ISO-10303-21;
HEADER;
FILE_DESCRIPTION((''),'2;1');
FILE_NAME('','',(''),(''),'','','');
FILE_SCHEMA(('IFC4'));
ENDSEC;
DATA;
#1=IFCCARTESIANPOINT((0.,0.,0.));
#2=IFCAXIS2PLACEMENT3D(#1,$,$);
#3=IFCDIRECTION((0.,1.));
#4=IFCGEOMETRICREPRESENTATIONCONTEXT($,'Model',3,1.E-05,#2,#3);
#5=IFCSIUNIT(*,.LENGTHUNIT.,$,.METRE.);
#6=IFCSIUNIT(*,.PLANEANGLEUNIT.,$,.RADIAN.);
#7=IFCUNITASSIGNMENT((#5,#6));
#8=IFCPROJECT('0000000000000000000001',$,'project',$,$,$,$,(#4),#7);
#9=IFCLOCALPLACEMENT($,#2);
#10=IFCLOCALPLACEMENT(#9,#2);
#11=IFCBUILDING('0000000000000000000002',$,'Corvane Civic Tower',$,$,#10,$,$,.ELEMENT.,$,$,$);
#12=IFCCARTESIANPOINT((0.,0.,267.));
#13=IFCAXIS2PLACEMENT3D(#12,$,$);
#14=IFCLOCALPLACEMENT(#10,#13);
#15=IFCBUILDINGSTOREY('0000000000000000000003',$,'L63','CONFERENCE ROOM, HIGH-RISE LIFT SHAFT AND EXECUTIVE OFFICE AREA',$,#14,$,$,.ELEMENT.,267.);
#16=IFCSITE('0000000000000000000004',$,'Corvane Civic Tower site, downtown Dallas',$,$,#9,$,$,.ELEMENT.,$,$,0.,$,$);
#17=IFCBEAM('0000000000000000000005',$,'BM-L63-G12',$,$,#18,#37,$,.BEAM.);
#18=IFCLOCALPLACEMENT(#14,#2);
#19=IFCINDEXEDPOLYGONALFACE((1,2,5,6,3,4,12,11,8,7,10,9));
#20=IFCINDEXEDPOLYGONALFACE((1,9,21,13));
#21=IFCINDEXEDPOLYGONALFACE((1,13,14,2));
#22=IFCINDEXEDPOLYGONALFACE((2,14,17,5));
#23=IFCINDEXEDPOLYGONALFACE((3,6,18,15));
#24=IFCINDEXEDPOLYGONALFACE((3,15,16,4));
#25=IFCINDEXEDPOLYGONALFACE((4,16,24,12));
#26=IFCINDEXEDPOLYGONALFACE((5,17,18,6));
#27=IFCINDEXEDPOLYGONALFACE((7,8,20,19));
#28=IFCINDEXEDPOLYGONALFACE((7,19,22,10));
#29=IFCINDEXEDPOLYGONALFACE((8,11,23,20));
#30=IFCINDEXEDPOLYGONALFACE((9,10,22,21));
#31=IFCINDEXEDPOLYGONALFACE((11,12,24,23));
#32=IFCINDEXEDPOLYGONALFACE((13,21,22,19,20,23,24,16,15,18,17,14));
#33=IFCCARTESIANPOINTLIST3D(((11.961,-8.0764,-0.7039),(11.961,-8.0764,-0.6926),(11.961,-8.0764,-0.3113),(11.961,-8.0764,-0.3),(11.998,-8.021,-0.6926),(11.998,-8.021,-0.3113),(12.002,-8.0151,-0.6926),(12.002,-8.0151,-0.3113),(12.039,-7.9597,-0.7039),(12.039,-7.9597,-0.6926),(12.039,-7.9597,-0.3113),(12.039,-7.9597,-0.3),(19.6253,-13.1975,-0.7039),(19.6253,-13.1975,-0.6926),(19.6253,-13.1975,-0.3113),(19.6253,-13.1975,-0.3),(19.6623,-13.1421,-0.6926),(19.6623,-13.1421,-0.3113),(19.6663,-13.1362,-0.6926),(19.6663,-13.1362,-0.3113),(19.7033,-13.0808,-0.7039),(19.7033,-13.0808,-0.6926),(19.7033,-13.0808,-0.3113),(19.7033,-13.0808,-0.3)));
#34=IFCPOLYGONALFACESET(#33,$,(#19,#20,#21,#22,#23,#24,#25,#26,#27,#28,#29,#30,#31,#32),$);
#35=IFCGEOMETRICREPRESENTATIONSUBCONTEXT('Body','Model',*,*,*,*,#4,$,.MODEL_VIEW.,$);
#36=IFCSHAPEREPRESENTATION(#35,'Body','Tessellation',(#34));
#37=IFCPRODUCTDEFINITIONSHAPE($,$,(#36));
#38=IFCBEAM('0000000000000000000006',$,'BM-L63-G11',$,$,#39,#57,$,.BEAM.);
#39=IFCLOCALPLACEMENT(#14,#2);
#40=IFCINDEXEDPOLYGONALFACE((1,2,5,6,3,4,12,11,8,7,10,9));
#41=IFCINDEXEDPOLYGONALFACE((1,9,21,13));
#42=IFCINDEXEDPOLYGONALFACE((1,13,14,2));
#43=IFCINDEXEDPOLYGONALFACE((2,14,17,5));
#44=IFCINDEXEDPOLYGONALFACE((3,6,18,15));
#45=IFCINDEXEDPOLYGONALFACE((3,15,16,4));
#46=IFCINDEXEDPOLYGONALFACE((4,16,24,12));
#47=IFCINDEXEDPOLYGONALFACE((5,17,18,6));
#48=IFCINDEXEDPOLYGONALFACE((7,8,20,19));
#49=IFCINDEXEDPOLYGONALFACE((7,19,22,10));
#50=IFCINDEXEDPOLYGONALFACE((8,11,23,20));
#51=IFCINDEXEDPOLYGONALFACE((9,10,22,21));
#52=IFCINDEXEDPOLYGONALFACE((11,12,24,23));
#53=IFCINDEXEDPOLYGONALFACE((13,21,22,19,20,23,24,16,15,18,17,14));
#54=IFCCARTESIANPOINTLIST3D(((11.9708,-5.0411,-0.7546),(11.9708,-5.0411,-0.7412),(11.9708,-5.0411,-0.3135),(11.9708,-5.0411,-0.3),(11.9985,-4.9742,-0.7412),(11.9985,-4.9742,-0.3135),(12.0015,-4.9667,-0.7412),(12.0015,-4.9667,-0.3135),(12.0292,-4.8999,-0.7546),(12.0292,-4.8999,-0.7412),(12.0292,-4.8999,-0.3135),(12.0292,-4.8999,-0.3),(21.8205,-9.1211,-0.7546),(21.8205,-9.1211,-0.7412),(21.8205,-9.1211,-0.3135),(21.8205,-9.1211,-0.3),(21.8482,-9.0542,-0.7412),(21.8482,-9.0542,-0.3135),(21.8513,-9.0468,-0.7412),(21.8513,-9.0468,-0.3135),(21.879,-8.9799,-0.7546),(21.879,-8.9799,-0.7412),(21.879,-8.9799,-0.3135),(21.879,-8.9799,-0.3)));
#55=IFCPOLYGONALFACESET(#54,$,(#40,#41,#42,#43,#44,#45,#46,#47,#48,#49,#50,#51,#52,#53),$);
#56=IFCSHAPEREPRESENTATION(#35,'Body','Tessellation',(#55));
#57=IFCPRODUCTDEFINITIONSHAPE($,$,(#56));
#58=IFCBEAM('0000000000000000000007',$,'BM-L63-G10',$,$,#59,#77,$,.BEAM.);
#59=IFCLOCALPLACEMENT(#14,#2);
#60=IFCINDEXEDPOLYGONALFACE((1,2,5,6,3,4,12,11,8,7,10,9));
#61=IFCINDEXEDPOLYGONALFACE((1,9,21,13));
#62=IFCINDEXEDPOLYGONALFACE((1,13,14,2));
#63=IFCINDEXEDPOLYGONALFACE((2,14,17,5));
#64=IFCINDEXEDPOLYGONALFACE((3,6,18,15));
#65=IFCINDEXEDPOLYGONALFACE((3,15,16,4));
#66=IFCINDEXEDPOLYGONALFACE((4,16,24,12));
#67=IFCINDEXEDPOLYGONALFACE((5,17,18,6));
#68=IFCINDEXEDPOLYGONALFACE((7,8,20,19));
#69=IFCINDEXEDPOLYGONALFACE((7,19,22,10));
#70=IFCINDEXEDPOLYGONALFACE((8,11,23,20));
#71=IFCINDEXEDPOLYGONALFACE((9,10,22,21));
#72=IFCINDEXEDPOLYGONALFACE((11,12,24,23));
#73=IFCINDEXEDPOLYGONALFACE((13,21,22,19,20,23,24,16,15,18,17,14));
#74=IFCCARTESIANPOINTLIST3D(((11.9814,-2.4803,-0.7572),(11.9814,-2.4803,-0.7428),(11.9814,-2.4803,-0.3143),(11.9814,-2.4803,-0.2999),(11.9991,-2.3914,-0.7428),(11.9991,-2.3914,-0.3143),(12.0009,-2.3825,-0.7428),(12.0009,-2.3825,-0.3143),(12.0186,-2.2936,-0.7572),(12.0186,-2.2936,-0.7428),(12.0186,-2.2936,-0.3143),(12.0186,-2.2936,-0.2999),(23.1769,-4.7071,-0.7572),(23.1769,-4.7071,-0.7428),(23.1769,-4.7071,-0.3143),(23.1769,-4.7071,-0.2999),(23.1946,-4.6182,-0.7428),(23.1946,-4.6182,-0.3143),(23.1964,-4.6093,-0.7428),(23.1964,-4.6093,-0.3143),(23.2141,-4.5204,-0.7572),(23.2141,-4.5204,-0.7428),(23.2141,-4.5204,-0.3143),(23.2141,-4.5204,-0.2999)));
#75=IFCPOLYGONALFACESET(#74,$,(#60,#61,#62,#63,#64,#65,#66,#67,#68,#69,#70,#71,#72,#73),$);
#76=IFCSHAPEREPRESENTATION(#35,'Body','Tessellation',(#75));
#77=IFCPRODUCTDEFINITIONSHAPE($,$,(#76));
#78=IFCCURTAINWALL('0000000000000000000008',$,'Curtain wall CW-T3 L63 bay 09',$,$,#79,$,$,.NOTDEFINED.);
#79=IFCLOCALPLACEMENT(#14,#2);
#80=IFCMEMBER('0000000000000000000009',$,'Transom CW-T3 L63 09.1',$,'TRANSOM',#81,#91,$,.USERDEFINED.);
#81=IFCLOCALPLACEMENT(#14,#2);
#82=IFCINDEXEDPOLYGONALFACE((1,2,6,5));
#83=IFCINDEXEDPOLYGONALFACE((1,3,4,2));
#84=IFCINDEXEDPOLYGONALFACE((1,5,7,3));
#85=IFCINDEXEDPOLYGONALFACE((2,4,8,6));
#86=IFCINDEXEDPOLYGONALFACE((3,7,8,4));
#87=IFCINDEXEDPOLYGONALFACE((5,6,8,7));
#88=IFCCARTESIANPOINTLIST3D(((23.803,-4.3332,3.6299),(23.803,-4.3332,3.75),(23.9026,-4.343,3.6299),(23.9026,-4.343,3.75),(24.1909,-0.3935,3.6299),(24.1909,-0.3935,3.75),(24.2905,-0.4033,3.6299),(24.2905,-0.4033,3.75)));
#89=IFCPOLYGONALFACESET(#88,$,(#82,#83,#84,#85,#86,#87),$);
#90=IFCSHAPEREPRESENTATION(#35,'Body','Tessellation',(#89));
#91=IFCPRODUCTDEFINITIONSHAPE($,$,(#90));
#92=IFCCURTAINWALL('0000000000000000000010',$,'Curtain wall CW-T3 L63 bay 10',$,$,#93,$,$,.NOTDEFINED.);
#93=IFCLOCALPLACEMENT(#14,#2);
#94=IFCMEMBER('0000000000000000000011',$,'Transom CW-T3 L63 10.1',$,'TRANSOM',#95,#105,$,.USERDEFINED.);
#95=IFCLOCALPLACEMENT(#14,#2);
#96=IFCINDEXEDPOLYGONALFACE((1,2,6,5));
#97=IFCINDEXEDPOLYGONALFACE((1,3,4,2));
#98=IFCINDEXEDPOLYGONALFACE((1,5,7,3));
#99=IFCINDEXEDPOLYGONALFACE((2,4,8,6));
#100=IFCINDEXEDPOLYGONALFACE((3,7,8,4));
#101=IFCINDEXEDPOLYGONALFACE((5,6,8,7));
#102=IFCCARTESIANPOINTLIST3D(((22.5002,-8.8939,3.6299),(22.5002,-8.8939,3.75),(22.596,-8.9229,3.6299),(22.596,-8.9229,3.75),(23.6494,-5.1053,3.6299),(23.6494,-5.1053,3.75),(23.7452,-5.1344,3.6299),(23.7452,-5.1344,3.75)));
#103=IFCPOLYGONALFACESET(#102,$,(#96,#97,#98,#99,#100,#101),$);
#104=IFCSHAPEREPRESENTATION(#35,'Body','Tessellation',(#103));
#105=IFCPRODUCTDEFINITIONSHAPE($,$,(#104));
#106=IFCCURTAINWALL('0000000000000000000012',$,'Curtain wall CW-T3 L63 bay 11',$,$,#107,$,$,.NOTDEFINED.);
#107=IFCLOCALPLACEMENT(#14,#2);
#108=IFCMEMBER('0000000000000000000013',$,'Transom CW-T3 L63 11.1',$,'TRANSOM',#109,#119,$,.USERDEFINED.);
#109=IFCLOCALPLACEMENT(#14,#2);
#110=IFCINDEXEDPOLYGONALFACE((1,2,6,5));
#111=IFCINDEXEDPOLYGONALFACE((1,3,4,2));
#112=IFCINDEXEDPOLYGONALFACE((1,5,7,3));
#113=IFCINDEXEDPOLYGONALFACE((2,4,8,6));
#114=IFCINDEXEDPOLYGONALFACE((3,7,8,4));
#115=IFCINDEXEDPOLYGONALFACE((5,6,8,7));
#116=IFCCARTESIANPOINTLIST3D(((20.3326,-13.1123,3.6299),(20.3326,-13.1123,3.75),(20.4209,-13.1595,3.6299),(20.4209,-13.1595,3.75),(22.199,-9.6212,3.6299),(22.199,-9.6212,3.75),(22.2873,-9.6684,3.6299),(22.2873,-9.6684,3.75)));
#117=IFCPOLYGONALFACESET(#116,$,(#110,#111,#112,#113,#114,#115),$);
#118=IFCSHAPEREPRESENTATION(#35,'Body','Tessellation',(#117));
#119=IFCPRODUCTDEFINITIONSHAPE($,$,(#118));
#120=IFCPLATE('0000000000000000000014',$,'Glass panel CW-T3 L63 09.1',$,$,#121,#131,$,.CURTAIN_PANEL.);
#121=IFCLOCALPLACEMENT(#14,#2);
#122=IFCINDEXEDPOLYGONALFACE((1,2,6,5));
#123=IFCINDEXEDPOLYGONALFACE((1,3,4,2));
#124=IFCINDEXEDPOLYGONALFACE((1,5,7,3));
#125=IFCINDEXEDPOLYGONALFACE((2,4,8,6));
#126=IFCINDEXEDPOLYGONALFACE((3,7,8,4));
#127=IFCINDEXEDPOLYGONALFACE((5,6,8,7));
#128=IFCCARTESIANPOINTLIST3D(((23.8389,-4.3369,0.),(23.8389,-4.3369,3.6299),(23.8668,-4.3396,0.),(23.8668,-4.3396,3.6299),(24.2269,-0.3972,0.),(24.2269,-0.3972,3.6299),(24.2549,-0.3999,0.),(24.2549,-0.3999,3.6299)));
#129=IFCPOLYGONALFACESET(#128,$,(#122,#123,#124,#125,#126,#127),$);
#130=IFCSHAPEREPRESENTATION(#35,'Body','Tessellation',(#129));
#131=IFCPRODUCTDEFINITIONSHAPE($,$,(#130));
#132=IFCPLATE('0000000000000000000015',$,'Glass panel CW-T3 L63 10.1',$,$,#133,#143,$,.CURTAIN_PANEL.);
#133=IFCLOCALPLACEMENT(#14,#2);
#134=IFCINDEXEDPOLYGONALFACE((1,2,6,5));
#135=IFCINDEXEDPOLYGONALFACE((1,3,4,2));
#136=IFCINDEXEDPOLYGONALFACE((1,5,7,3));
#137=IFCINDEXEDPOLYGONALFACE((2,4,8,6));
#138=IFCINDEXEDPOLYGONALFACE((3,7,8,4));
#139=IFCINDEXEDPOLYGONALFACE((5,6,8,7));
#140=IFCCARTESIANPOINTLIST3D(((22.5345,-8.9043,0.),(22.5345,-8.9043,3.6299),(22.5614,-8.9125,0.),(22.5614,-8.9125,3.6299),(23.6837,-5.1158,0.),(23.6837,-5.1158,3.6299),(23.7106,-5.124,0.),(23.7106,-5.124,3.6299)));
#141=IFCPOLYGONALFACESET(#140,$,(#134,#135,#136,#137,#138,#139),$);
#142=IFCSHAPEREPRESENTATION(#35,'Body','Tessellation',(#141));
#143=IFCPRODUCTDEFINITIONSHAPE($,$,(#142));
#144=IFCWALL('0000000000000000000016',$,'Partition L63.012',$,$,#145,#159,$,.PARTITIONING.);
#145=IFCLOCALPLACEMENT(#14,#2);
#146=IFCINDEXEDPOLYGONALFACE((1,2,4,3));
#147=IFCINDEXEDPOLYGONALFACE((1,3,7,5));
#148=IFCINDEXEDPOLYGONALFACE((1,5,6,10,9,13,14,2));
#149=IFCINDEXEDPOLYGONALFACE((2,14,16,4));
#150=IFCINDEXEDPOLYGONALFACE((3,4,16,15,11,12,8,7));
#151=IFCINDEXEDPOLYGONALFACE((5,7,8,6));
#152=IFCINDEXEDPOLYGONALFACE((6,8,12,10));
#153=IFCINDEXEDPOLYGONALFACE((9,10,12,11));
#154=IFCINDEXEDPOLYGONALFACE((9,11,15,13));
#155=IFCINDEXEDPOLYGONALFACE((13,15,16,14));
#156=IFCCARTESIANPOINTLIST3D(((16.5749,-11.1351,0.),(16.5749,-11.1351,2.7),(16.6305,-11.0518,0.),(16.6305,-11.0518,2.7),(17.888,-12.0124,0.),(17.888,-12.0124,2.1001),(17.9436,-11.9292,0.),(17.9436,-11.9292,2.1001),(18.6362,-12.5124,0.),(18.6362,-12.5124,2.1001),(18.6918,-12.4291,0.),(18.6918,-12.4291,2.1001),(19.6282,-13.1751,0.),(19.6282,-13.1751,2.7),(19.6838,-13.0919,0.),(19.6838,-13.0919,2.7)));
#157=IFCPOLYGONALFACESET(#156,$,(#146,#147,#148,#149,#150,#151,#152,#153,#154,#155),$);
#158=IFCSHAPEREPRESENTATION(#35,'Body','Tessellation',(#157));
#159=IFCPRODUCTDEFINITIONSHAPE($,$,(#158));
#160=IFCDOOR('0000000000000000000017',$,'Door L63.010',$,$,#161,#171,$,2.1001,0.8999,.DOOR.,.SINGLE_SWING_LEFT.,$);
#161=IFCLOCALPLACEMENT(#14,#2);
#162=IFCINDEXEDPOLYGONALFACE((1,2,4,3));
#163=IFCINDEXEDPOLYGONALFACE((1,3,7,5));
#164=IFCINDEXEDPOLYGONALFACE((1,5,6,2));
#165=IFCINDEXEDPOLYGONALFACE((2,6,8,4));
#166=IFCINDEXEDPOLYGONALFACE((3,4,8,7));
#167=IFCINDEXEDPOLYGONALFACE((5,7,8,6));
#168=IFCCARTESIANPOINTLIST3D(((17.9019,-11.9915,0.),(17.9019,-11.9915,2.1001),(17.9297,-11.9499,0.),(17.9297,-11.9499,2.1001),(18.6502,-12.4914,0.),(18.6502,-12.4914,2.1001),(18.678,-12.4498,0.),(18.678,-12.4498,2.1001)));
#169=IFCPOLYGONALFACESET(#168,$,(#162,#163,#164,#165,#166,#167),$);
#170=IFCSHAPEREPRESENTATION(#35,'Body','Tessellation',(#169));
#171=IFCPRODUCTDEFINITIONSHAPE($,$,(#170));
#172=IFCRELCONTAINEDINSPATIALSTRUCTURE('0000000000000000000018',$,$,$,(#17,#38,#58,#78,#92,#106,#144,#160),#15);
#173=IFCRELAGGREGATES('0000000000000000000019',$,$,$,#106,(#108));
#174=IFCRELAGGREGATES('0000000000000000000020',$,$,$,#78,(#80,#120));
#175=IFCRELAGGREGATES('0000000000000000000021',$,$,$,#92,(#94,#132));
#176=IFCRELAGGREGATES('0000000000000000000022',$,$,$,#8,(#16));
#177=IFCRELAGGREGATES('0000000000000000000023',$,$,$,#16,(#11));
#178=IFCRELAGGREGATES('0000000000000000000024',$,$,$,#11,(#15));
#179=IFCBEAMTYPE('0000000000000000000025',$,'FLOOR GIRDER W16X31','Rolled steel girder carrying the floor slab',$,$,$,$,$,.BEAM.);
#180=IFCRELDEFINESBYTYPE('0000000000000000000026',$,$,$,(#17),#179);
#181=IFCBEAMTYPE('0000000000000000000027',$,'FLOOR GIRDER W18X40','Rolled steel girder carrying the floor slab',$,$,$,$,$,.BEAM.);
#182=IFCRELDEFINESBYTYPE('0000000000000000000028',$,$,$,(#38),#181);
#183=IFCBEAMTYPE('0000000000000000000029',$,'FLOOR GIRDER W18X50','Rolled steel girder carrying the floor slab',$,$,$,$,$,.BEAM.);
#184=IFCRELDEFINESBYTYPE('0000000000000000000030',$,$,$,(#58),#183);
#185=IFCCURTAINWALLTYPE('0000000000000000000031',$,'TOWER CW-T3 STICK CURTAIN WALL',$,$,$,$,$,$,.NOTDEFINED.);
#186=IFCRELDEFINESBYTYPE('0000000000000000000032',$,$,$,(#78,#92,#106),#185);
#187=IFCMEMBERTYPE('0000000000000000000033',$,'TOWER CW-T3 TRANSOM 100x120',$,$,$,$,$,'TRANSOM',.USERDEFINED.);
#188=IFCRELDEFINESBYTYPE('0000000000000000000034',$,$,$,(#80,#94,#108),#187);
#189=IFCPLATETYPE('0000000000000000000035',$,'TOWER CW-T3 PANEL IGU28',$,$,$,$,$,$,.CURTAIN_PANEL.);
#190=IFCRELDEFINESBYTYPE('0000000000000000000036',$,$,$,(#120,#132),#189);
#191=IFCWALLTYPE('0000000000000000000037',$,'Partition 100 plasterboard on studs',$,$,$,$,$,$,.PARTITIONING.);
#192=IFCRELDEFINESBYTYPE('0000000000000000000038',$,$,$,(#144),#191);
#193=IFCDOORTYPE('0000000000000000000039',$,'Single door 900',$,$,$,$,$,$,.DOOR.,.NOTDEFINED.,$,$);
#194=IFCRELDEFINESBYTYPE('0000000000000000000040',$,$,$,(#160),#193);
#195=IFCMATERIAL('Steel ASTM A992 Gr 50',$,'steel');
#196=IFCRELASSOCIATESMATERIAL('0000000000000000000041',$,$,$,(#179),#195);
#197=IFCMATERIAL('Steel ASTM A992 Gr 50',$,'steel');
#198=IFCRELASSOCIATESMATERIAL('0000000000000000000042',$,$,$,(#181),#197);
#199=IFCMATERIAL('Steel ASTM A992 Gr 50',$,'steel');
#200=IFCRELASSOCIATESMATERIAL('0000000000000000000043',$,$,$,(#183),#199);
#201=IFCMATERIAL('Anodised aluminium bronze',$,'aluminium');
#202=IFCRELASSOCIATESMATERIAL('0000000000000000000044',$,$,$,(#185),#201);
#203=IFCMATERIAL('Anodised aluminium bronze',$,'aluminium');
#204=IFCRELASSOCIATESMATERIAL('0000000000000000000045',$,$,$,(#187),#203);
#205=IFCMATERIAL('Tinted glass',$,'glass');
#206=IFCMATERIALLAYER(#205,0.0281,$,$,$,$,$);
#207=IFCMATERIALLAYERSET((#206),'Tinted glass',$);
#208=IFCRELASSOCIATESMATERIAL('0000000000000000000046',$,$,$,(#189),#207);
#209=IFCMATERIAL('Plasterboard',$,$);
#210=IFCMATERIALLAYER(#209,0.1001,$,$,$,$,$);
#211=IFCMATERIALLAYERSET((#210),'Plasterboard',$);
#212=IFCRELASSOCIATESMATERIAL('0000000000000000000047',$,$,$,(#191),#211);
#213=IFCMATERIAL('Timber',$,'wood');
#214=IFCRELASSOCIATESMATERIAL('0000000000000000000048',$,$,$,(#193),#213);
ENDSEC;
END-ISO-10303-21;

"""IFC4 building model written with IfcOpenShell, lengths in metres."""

from ifc_helpers import new_model, si_unit, direction, frame, frame_2d, origin, origin_2d, place, context, subcontext, project, spatial, rectangle, i_section, extrude, material, layer, layer_set, material_profile, profile_set, type_object, element, fill, aggregate, save


model = new_model("IFC4")

# Units and contexts
model_context = context("Model", 3, precision=1e-05, world=origin(), true_north=direction((0.0, 1.0)))
body_context = subcontext(model_context, "Body", "Model", "MODEL_VIEW")
ifc_project = project(units=[si_unit("LENGTHUNIT", "METRE"), si_unit("PLANEANGLEUNIT", "RADIAN")], contexts=[model_context])

# Site, building, storey
site_placement = place(None, origin())
site = spatial("IfcSite", under=ifc_project, at=site_placement, Name="Corvane Civic Tower site, downtown Dallas", CompositionType="ELEMENT", RefElevation=0.0)
building_placement = place(site_placement, origin())
building = spatial("IfcBuilding", under=site, at=building_placement, Name="Corvane Civic Tower", CompositionType="ELEMENT")
storey_placement = place(building_placement, frame((0.0, 0.0, 267.0)))
storey = spatial("IfcBuildingStorey", under=building, at=storey_placement, Name="L63", Description="CONFERENCE ROOM, HIGH-RISE LIFT SHAFT AND EXECUTIVE OFFICE AREA", CompositionType="ELEMENT", Elevation=267.0)

# Beams
ifc_material_1 = material(Name="Steel ASTM A992 Gr 50", Category="steel")
ifc_material_profile_1 = material_profile(ifc_material_1, i_section(OverallWidth=0.1404, OverallDepth=0.4038, WebThickness=0.0071, FlangeThickness=0.0112, at=origin_2d()), Name="W16X31")
ifc_profile_set_1 = profile_set([ifc_material_profile_1], Name="Steel ASTM A992 Gr 50")
beam_type_1 = type_object("IfcBeamType", Name="FLOOR GIRDER W16X31", Description="Rolled steel girder carrying the floor slab", PredefinedType="BEAM", material=ifc_profile_set_1)
beam_1_placement = place(storey_placement, frame((12.0, -8.0181, -0.502), z_axis=(0.831471, -0.555568, 0.0), x_axis=(0.555568, 0.831471, 0.0)))
element("IfcBeam", 1, at=beam_1_placement, inside=storey, type_object=beam_type_1, Name="BM-L63-G12", PredefinedType="BEAM", context=body_context, shape_type="SweptSolid", body=[
    extrude(i_section(OverallWidth=0.1404, OverallDepth=0.4038, WebThickness=0.0071, FlangeThickness=0.0112, at=origin_2d()), origin(), (0.0, 0.0, 1.0), 9.2178),
])
ifc_material_2 = material(Name="Steel ASTM A992 Gr 50", Category="steel")
ifc_material_profile_2 = material_profile(ifc_material_2, i_section(OverallWidth=0.1528, OverallDepth=0.4546, WebThickness=0.0081, FlangeThickness=0.0134, at=origin_2d()), Name="W18X40")
ifc_profile_set_2 = profile_set([ifc_material_profile_2], Name="Steel ASTM A992 Gr 50")
beam_type_2 = type_object("IfcBeamType", Name="FLOOR GIRDER W18X40", Description="Rolled steel girder carrying the floor slab", PredefinedType="BEAM", material=ifc_profile_set_2)
beam_2_placement = place(storey_placement, frame((12.0, -4.9705, -0.5273), z_axis=(0.923875, -0.382694, 0.0), x_axis=(0.382694, 0.923875, 0.0)))
element("IfcBeam", 2, at=beam_2_placement, inside=storey, type_object=beam_type_2, Name="BM-L63-G11", PredefinedType="BEAM", context=body_context, shape_type="SweptSolid", body=[
    extrude(i_section(OverallWidth=0.1528, OverallDepth=0.4546, WebThickness=0.0081, FlangeThickness=0.0134, at=origin_2d()), origin(), (0.0, 0.0, 1.0), 10.6614),
])
ifc_material_3 = material(Name="Steel ASTM A992 Gr 50", Category="steel")
ifc_material_profile_3 = material_profile(ifc_material_3, i_section(OverallWidth=0.1904, OverallDepth=0.4573, WebThickness=0.009, FlangeThickness=0.0144, at=origin_2d()), Name="W18X50")
ifc_profile_set_3 = profile_set([ifc_material_profile_3], Name="Steel ASTM A992 Gr 50")
beam_type_3 = type_object("IfcBeamType", Name="FLOOR GIRDER W18X50", Description="Rolled steel girder carrying the floor slab", PredefinedType="BEAM", material=ifc_profile_set_3)
beam_3_placement = place(storey_placement, frame((12.0, -2.387, -0.5286), z_axis=(0.980787, -0.19508, 0.0), x_axis=(0.19508, 0.980787, 0.0)))
element("IfcBeam", 3, at=beam_3_placement, inside=storey, type_object=beam_type_3, Name="BM-L63-G10", PredefinedType="BEAM", context=body_context, shape_type="SweptSolid", body=[
    extrude(i_section(OverallWidth=0.1904, OverallDepth=0.4573, WebThickness=0.009, FlangeThickness=0.0144, at=origin_2d()), origin(), (0.0, 0.0, 1.0), 11.4148),
])

# Curtain walls, members
ifc_material_4 = material(Name="Anodised aluminium bronze", Category="aluminium")
curtain_wall_type = type_object("IfcCurtainWallType", Name="TOWER CW-T3 STICK CURTAIN WALL", PredefinedType="NOTDEFINED", material=ifc_material_4)
curtain_wall_1_placement = place(storey_placement, origin())
curtain_wall_1 = element("IfcCurtainWall", 4, at=curtain_wall_1_placement, inside=storey, type_object=curtain_wall_type, Name="Curtain wall CW-T3 L63 bay 09", PredefinedType="NOTDEFINED")
ifc_material_5 = material(Name="Anodised aluminium bronze", Category="aluminium")
ifc_material_profile_4 = material_profile(ifc_material_5, rectangle(XDim=0.1001, YDim=0.1201, at=origin_2d()), Name="TOWER CW-T3 TRANSOM 100x120")
ifc_profile_set_4 = profile_set([ifc_material_profile_4], Name="Anodised aluminium bronze")
member_type = type_object("IfcMemberType", Name="TOWER CW-T3 TRANSOM 100x120", ElementType="TRANSOM", PredefinedType="USERDEFINED", material=ifc_profile_set_4)
member_1_placement = place(storey_placement, frame((24.2407, -0.3984, 3.6899), z_axis=(-0.097995, -0.995187, 0.0), x_axis=(0.995187, -0.097995, 0.0)))
member_1 = element("IfcMember", 5, at=member_1_placement, type_object=member_type, Name="Transom CW-T3 L63 09.1", ObjectType="TRANSOM", PredefinedType="USERDEFINED", context=body_context, shape_type="SweptSolid", body=[
    extrude(rectangle(XDim=0.1001, YDim=0.1201, at=origin_2d()), origin(), (0.0, 0.0, 1.0), 3.9587),
])
curtain_wall_2_placement = place(storey_placement, origin())
curtain_wall_2 = element("IfcCurtainWall", 6, at=curtain_wall_2_placement, inside=storey, type_object=curtain_wall_type, Name="Curtain wall CW-T3 L63 bay 10", PredefinedType="NOTDEFINED")
member_2_placement = place(storey_placement, frame((23.6973, -5.1199, 3.6899), z_axis=(-0.290266, -0.956946, 0.0), x_axis=(0.956946, -0.290266, 0.0)))
member_2 = element("IfcMember", 7, at=member_2_placement, type_object=member_type, Name="Transom CW-T3 L63 10.1", ObjectType="TRANSOM", PredefinedType="USERDEFINED", context=body_context, shape_type="SweptSolid", body=[
    extrude(rectangle(XDim=0.1001, YDim=0.1201, at=origin_2d()), origin(), (0.0, 0.0, 1.0), 3.959),
])
curtain_wall_3_placement = place(storey_placement, origin())
curtain_wall_3 = element("IfcCurtainWall", 8, at=curtain_wall_3_placement, inside=storey, type_object=curtain_wall_type, Name="Curtain wall CW-T3 L63 bay 11", PredefinedType="NOTDEFINED")
member_3_placement = place(storey_placement, frame((22.2432, -9.6448, 3.6899), z_axis=(-0.471468, -0.881883, 0.0), x_axis=(0.881883, -0.471468, 0.0)))
member_3 = element("IfcMember", 9, at=member_3_placement, type_object=member_type, Name="Transom CW-T3 L63 11.1", ObjectType="TRANSOM", PredefinedType="USERDEFINED", context=body_context, shape_type="SweptSolid", body=[
    extrude(rectangle(XDim=0.1001, YDim=0.1201, at=origin_2d()), origin(), (0.0, 0.0, 1.0), 3.9587),
])
aggregate(curtain_wall_3, [member_3])

# Plates
ifc_material_6 = material(Name="Tinted glass", Category="glass")
ifc_layer_1 = layer(ifc_material_6, 0.0281)
ifc_layer_set_1 = layer_set([ifc_layer_1], Name="Tinted glass")
plate_type = type_object("IfcPlateType", Name="TOWER CW-T3 PANEL IGU28", PredefinedType="CURTAIN_PANEL", material=ifc_layer_set_1)
plate_1_placement = place(storey_placement, frame((24.0469, -2.3684, 0.0), z_axis=(0.0, 0.0, 1.0), x_axis=(-0.098021, -0.995184, 0.0)))
plate_1 = element("IfcPlate", 10, at=plate_1_placement, type_object=plate_type, Name="Glass panel CW-T3 L63 09.1", PredefinedType="CURTAIN_PANEL", context=body_context, shape_type="SweptSolid", body=[
    extrude(rectangle(XDim=3.9587, YDim=0.0281, at=origin_2d()), origin(), (0.0, 0.0, 1.0), 3.6299),
])
aggregate(curtain_wall_1, [member_1, plate_1])
plate_2_placement = place(storey_placement, frame((23.1226, -7.0142, 0.0), z_axis=(0.0, 0.0, 1.0), x_axis=(-0.290274, -0.956944, 0.0)))
plate_2 = element("IfcPlate", 11, at=plate_2_placement, type_object=plate_type, Name="Glass panel CW-T3 L63 10.1", PredefinedType="CURTAIN_PANEL", context=body_context, shape_type="SweptSolid", body=[
    extrude(rectangle(XDim=3.959, YDim=0.0281, at=origin_2d()), origin(), (0.0, 0.0, 1.0), 3.6299),
])
aggregate(curtain_wall_2, [member_2, plate_2])

# Wall, opening, door
ifc_material_7 = material(Name="Plasterboard")
ifc_layer_2 = layer(ifc_material_7, 0.1001)
ifc_layer_set_2 = layer_set([ifc_layer_2], Name="Plasterboard")
wall_type_1 = type_object("IfcWallType", Name="Partition 100 plasterboard on studs", PredefinedType="PARTITIONING", material=ifc_layer_set_2)
wall_1_placement = place(storey_placement, frame((16.6028, -11.0935, 0.0), z_axis=(0.0, 0.0, 1.0), x_axis=(0.831477, -0.555559, 0.0)))
wall_1 = element("IfcWall", 12, at=wall_1_placement, inside=storey, type_object=wall_type_1, Name="Partition L63.012", PredefinedType="PARTITIONING", context=body_context, shape_type="SweptSolid", body=[
    extrude(rectangle(XDim=3.6721, YDim=0.1001, at=frame_2d((1.8359, 0.0))), origin(), (0.0, 0.0, 1.0), 2.7),
])
opening_placement = place(wall_1_placement, frame((1.5791, 0.0, 0.0)))
opening = element("IfcOpeningElement", 13, at=opening_placement, cuts=wall_1, PredefinedType="OPENING", context=body_context, shape_type="SweptSolid", body=[
    extrude(rectangle(XDim=0.8999, YDim=2.1001, at=frame_2d((0.45, 1.05))), frame((0.0, 0.0601, 0.0), z_axis=(0.0, -1.0, 0.0), x_axis=(1.0, 0.0, 0.0)), (0.0, 0.0, 1.0), 0.1201),
])
ifc_material_8 = material(Name="Timber", Category="wood")
door_type = type_object("IfcDoorType", Name="Single door 900", OperationType="NOTDEFINED", PredefinedType="DOOR", material=ifc_material_8)
door_placement = place(opening_placement, frame((0.8999, 0.0, 0.0), z_axis=(0.0, 0.0, 1.0), x_axis=(-1.0, 0.0, 0.0)))
door = element("IfcDoor", 14, at=door_placement, inside=storey, type_object=door_type, Name="Door L63.010", OperationType="SINGLE_SWING_LEFT", OverallHeight=2.1001, OverallWidth=0.8999, PredefinedType="DOOR", context=body_context, shape_type="SweptSolid", body=[
    extrude(rectangle(XDim=0.8999, YDim=2.1001, at=frame_2d((0.45, 1.05))), frame((0.0, 0.0249, 0.0), z_axis=(0.0, -1.0, 0.0), x_axis=(1.0, 0.0, 0.0)), (0.0, 0.0, 1.0), 0.05),
])
fill(opening, door)

save(model, "model.ifc")
